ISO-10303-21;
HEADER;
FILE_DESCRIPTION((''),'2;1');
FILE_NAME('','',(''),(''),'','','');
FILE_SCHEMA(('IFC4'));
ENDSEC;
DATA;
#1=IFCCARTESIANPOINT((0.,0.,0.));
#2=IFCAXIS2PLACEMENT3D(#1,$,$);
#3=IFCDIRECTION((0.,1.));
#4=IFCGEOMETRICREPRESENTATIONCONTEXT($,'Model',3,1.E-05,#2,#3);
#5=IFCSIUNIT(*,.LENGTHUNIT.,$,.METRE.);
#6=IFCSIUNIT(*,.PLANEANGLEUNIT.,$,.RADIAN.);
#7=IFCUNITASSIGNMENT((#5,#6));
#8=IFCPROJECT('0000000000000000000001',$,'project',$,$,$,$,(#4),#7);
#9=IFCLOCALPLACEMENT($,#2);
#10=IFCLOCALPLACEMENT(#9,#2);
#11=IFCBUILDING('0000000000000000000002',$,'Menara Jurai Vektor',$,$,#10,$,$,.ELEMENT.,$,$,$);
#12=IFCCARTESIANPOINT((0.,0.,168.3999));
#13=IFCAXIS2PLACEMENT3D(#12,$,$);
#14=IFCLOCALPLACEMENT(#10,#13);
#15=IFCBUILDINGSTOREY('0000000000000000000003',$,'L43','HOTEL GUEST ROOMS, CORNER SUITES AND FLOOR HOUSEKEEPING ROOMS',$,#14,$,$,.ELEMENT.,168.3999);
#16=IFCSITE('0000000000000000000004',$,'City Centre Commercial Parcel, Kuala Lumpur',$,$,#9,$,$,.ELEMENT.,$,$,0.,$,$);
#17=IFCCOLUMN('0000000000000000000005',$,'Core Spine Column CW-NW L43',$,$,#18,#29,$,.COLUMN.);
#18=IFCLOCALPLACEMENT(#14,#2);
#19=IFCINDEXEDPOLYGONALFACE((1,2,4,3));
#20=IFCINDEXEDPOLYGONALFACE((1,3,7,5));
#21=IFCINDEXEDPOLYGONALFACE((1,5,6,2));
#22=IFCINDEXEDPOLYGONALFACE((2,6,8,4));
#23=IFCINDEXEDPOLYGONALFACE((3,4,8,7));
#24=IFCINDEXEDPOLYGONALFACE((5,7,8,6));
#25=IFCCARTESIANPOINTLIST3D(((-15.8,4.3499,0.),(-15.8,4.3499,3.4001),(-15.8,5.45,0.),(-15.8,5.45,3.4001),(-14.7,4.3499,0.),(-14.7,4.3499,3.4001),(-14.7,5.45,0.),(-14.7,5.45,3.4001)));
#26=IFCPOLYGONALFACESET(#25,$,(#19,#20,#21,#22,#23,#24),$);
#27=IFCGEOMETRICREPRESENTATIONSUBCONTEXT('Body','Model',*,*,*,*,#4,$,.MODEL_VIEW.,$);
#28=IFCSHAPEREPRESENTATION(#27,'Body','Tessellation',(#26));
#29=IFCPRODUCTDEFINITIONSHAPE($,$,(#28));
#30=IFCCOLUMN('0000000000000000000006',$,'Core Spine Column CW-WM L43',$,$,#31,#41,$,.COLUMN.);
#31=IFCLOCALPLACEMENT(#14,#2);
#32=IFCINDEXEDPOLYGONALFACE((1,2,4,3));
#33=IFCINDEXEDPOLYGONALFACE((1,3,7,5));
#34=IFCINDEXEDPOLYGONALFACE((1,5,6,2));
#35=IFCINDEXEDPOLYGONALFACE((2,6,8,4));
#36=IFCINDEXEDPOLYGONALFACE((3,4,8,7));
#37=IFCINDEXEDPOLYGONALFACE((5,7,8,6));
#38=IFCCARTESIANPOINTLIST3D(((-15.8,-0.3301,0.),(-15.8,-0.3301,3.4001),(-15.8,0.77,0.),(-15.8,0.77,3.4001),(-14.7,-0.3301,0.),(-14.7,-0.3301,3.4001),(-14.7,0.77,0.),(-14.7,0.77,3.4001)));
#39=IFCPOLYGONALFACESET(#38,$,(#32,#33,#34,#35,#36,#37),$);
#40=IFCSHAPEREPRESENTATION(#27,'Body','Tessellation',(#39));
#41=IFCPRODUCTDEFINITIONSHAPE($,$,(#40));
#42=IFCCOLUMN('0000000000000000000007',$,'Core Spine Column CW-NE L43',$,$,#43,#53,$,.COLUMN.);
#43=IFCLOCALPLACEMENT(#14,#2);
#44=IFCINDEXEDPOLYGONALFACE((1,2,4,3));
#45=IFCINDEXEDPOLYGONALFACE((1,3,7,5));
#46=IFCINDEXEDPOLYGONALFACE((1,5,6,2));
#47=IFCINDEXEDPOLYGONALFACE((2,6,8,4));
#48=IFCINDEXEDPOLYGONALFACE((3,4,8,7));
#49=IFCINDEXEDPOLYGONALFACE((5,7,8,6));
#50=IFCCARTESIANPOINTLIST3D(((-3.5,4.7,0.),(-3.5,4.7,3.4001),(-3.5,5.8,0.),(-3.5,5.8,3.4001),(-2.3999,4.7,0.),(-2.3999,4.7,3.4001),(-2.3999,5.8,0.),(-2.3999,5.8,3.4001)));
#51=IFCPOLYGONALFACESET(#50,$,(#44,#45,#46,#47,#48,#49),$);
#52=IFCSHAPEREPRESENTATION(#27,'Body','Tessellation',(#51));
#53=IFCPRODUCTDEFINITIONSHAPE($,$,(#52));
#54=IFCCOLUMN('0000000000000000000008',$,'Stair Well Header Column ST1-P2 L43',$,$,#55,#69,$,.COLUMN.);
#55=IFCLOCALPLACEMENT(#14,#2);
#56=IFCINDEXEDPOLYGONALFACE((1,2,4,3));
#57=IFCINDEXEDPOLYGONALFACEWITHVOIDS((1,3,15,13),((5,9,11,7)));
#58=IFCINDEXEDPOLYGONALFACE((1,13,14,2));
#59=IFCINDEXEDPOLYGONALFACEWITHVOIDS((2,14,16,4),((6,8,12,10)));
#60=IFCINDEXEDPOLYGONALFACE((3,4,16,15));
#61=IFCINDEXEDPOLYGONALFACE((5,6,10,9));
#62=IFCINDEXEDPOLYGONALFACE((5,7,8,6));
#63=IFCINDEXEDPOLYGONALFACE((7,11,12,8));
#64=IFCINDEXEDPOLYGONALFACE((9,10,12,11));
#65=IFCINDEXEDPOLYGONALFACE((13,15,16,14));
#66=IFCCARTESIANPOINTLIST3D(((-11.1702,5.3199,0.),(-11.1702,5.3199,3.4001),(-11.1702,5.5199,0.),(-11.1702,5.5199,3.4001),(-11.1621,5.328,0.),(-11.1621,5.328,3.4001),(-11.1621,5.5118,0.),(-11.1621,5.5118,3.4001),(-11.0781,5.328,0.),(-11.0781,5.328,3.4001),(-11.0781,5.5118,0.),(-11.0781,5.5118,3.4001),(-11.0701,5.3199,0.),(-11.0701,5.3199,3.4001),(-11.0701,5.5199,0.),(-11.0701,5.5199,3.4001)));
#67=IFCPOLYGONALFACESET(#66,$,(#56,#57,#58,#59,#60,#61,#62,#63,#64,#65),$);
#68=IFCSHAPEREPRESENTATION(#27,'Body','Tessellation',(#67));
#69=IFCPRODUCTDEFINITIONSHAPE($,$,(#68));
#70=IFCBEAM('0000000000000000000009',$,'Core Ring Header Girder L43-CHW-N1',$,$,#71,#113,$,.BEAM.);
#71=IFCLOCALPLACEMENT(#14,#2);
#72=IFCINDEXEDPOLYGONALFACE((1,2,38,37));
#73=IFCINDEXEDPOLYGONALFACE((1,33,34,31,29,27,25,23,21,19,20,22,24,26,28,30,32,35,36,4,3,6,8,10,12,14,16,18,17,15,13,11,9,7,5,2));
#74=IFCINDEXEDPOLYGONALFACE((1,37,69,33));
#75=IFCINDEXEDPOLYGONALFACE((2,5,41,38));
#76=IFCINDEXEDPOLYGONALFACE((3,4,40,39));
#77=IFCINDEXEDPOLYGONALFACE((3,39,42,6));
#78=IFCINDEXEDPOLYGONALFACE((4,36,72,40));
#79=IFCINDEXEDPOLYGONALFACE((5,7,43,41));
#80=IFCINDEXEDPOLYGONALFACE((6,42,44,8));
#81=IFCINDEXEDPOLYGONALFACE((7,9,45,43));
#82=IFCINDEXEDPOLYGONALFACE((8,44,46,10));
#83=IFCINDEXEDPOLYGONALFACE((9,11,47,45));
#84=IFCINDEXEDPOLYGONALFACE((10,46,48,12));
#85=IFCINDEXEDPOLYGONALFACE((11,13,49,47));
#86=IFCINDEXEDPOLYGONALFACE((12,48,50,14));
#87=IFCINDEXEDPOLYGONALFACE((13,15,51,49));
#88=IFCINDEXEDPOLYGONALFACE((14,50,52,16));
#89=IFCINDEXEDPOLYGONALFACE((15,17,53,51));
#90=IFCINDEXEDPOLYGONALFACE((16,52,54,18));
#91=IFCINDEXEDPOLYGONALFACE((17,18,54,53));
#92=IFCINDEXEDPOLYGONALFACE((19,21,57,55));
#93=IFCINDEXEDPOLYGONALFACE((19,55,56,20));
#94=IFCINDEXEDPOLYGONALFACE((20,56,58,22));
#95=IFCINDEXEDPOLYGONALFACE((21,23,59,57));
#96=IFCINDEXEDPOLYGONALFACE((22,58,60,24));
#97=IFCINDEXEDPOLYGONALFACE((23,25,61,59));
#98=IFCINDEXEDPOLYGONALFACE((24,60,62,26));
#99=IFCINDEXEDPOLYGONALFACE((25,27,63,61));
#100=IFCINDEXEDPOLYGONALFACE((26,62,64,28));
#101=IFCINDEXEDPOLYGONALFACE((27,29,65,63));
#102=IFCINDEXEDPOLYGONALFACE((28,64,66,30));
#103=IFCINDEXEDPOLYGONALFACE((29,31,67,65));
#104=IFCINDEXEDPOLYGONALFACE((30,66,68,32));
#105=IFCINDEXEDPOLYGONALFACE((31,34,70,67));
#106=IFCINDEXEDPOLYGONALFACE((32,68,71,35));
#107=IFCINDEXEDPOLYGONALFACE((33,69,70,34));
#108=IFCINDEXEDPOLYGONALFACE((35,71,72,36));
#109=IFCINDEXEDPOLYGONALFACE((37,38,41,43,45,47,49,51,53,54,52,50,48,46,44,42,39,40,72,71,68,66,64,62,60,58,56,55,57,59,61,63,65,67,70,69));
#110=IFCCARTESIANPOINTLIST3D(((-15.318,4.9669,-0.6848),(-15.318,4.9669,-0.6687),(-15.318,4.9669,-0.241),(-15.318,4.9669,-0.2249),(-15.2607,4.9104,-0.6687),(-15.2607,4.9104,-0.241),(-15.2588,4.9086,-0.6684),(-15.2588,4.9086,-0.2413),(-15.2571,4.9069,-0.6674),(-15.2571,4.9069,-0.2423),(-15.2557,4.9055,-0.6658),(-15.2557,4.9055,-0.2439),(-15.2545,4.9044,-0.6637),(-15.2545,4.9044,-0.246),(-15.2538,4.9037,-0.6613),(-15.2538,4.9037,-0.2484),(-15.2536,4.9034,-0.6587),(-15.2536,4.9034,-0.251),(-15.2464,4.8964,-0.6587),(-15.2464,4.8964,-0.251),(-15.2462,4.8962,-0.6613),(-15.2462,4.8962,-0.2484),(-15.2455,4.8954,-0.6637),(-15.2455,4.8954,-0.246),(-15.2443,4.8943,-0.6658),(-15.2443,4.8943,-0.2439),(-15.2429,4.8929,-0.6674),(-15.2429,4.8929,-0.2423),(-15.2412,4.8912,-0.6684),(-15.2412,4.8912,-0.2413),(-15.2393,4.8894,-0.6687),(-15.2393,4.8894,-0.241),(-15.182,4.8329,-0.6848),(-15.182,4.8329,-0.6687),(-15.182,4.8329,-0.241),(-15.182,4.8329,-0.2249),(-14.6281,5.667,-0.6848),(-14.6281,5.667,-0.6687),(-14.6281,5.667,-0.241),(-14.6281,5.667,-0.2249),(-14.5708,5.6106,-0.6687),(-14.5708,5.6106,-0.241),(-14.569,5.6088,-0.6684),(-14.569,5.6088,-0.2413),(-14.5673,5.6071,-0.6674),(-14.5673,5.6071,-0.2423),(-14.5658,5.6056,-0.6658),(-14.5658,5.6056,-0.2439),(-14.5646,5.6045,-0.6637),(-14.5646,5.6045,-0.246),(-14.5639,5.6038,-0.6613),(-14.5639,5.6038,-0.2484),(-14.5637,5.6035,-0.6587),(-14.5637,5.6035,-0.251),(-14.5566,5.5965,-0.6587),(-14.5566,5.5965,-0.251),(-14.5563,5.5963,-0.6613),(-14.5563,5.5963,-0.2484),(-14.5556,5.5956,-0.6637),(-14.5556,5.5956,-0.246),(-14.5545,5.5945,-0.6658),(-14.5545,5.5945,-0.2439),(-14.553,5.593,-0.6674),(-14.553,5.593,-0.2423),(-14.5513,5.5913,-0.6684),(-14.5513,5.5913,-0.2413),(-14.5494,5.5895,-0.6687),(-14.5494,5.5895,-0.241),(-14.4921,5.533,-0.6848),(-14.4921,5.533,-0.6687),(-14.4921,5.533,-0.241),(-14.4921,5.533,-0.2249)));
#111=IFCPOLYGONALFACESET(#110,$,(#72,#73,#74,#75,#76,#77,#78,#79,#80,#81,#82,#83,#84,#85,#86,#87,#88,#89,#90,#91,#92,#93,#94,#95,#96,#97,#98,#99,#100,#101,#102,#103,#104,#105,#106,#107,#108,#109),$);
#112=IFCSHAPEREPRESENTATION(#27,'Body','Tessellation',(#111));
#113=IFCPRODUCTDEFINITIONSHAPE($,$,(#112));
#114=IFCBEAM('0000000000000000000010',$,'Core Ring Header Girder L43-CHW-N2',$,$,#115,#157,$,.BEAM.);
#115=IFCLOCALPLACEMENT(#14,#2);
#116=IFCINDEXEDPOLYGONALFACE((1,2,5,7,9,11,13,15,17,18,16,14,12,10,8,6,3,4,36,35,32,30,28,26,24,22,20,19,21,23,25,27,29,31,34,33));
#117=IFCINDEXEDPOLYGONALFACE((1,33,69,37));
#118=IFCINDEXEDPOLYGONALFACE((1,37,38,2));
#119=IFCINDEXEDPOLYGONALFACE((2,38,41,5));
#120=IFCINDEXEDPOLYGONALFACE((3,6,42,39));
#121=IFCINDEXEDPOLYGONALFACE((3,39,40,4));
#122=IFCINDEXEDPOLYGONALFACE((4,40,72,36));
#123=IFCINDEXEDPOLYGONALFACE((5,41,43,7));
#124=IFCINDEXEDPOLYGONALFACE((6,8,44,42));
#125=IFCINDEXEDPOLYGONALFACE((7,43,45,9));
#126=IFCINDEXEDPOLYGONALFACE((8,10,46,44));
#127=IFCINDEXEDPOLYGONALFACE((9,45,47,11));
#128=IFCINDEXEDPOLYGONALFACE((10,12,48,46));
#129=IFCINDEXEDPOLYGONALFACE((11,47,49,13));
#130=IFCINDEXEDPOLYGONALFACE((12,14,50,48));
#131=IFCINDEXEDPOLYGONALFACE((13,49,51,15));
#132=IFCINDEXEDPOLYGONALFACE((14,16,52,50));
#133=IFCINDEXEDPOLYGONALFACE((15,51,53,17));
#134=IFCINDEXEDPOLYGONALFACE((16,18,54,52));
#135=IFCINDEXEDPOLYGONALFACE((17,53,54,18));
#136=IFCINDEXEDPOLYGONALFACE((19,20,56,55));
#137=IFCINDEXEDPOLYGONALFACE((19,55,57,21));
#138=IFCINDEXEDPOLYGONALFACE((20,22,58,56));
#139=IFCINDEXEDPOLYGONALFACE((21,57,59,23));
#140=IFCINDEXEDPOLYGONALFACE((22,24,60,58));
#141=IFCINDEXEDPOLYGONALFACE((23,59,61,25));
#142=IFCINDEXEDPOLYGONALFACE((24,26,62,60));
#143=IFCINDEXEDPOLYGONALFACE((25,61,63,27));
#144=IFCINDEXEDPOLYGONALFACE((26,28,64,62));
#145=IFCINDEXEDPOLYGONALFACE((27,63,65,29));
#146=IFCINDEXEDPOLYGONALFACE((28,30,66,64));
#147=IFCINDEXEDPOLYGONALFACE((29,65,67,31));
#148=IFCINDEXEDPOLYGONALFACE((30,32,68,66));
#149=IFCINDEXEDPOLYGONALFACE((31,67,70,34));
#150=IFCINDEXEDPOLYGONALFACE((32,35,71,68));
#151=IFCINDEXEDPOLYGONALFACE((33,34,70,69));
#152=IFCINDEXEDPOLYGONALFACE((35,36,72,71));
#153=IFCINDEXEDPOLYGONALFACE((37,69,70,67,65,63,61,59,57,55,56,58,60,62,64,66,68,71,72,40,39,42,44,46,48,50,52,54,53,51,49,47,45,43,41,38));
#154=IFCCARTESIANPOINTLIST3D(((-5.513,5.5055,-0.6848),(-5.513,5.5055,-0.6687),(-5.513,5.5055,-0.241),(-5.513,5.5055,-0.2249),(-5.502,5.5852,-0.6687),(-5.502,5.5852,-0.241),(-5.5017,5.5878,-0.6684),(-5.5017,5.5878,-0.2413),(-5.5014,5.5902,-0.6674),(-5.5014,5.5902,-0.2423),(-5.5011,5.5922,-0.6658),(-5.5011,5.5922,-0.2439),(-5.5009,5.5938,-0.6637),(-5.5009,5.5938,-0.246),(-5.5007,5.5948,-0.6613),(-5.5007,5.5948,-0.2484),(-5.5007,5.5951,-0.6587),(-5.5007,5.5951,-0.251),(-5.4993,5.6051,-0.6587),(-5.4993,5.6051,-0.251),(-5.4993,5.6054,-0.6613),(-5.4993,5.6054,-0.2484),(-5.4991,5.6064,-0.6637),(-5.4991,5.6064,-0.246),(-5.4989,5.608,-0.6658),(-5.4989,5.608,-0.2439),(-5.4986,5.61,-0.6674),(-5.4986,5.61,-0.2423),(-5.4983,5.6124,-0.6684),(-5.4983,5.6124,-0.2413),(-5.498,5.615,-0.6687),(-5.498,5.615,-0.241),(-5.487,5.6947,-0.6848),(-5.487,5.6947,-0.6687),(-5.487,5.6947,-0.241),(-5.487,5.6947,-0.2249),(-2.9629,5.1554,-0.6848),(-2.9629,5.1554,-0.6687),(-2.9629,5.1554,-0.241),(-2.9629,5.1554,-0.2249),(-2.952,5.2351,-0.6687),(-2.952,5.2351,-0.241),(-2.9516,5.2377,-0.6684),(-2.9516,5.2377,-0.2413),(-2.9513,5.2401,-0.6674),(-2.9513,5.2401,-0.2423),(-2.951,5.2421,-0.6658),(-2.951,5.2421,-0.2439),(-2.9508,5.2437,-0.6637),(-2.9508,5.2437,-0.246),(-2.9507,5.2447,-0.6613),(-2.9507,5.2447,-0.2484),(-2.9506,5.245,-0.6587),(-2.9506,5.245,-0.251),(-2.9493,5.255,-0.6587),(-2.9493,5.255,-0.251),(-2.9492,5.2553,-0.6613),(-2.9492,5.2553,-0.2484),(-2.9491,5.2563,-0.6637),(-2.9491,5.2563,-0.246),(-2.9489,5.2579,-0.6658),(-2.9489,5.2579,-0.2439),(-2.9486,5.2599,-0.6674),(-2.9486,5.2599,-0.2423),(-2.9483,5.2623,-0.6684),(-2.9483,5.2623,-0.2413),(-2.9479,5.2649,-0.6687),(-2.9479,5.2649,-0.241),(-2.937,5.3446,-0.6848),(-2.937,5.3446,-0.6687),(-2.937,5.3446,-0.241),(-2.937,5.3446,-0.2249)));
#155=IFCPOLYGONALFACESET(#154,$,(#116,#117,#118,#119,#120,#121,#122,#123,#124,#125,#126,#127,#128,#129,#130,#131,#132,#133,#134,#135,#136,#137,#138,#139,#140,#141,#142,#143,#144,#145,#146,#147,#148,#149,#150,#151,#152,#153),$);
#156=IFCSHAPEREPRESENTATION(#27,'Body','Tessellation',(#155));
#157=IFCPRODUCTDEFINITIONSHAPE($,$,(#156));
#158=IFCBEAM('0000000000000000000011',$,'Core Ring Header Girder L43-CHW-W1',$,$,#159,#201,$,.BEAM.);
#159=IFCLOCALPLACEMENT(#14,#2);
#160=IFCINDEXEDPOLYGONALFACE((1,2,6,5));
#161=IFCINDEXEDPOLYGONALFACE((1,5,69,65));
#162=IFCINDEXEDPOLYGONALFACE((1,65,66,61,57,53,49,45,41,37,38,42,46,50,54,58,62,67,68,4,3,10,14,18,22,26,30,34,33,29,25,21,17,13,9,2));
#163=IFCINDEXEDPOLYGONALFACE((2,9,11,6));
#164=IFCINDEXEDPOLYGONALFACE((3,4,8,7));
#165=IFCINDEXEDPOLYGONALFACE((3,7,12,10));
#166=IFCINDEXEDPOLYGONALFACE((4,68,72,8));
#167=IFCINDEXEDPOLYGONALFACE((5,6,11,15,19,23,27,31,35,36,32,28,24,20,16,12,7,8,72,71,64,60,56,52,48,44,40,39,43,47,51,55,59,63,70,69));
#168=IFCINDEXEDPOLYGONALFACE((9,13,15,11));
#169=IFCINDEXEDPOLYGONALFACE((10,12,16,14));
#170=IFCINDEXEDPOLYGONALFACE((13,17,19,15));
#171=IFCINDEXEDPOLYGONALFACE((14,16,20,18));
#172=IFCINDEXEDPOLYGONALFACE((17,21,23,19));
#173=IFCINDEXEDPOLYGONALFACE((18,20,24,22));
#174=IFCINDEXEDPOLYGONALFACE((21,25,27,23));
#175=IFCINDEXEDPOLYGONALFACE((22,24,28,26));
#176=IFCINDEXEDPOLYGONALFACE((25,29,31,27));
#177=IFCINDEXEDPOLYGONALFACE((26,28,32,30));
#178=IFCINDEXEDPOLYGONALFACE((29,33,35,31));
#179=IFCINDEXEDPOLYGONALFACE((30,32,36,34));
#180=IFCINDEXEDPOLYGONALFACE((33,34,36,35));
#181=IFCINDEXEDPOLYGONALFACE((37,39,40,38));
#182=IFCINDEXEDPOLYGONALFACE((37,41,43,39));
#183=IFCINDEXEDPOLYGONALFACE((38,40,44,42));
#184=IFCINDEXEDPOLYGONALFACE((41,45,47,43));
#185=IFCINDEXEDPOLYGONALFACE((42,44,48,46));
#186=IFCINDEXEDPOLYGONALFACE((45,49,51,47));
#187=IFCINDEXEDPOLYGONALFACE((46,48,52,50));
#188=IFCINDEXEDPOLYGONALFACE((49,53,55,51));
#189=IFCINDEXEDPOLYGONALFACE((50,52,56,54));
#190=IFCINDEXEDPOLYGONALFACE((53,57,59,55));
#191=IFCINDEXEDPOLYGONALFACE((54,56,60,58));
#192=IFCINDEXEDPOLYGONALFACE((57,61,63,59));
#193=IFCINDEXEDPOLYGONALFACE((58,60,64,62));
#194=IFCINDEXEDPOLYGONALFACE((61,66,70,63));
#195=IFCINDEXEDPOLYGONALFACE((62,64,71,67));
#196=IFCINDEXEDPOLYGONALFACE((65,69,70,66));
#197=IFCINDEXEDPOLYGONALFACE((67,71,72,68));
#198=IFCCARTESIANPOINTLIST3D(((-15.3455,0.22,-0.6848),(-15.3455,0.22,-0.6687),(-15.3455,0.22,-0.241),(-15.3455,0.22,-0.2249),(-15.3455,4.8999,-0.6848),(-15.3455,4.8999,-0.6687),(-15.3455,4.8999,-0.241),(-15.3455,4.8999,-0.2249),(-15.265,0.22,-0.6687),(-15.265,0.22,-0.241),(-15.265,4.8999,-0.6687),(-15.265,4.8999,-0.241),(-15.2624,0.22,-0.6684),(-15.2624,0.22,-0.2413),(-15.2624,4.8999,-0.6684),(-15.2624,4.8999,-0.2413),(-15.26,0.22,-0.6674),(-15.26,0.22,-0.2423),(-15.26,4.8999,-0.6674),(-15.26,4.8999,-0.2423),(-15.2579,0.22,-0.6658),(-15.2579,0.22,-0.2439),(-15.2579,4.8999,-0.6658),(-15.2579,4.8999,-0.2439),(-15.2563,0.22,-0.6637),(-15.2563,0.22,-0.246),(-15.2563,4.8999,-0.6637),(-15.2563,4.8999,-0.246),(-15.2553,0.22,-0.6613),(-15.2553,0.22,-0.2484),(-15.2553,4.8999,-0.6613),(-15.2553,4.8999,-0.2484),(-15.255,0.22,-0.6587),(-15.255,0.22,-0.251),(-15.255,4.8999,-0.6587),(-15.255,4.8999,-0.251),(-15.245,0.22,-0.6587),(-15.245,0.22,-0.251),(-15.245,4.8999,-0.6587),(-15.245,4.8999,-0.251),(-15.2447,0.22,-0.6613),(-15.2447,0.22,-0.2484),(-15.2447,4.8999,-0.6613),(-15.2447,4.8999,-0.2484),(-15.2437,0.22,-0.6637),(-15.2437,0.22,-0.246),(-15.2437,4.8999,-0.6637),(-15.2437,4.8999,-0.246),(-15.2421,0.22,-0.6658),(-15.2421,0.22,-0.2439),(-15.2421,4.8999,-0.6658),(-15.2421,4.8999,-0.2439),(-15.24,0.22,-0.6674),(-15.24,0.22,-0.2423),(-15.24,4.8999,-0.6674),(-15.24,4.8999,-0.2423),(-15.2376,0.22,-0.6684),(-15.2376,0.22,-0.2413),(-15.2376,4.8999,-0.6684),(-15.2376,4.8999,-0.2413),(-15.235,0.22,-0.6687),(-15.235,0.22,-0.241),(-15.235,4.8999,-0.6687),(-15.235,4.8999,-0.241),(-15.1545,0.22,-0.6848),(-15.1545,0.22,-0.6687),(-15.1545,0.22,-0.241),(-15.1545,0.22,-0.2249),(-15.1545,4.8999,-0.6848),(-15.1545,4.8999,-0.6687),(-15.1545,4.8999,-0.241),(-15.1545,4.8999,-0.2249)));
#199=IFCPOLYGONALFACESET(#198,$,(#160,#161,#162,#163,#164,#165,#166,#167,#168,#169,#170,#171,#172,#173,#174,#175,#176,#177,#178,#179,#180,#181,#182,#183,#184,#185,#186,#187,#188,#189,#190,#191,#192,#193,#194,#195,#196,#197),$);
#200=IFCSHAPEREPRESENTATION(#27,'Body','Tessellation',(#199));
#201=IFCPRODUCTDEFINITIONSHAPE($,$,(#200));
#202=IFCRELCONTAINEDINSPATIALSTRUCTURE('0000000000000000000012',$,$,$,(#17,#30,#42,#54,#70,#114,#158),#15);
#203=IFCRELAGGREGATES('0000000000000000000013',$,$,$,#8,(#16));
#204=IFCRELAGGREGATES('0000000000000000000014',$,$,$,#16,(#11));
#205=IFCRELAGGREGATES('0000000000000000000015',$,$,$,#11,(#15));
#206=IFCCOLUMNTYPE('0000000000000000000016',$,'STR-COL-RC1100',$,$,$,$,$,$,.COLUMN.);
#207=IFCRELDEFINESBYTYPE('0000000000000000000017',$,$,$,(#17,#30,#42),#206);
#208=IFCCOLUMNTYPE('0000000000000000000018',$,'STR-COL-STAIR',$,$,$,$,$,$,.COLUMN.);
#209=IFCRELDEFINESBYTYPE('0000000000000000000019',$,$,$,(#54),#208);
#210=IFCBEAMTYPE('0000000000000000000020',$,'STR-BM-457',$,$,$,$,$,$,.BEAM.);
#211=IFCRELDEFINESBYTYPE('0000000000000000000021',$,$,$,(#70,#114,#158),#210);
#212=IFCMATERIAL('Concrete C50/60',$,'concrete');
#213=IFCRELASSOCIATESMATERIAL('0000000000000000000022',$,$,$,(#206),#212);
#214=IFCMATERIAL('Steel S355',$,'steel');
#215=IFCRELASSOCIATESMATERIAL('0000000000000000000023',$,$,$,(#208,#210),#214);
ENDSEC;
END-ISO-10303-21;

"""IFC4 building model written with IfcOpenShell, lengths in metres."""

from ifc_helpers import new_model, si_unit, direction, frame, origin, origin_2d, place, context, subcontext, project, spatial, rectangle, hollow_rectangle, i_section, extrude, material, material_profile, profile_set, type_object, element, save


model = new_model("IFC4")

# Units and contexts
model_context = context("Model", 3, precision=1e-05, world=origin(), true_north=direction((0.0, 1.0)))
body_context = subcontext(model_context, "Body", "Model", "MODEL_VIEW")
ifc_project = project(units=[si_unit("LENGTHUNIT", "METRE"), si_unit("PLANEANGLEUNIT", "RADIAN")], contexts=[model_context])

# Site, building, storey
site_placement = place(None, origin())
site = spatial("IfcSite", under=ifc_project, at=site_placement, Name="City Centre Commercial Parcel, Kuala Lumpur", CompositionType="ELEMENT", RefElevation=0.0)
building_placement = place(site_placement, origin())
building = spatial("IfcBuilding", under=site, at=building_placement, Name="Menara Jurai Vektor", CompositionType="ELEMENT")
storey_placement = place(building_placement, frame((0.0, 0.0, 168.3999)))
storey = spatial("IfcBuildingStorey", under=building, at=storey_placement, Name="L43", Description="HOTEL GUEST ROOMS, CORNER SUITES AND FLOOR HOUSEKEEPING ROOMS", CompositionType="ELEMENT", Elevation=168.3999)

# Columns
ifc_material_1 = material(Name="Concrete C50/60", Category="concrete")
ifc_material_profile_1 = material_profile(ifc_material_1, rectangle(XDim=1.1001, YDim=1.1001, at=origin_2d()), Name="RC 1100x1100")
ifc_profile_set_1 = profile_set([ifc_material_profile_1], Name="Concrete C50/60")
column_type_1 = type_object("IfcColumnType", Name="STR-COL-RC1100", PredefinedType="COLUMN", material=ifc_profile_set_1)
for number, where, z_axis, x_axis, name in (
    (1, (-15.25, 4.8999, 0.0), (0.0, 0.0, 1.0), (1.0, 0.0, 0.0), "Core Spine Column CW-NW L43"),
    (2, (-15.25, 0.22, 0.0), (0.0, 0.0, 1.0), (1.0, 0.0, 0.0), "Core Spine Column CW-WM L43"),
    (3, (-2.95, 5.25, 0.0), (0.0, 0.0, 1.0), (1.0, 0.0, 0.0), "Core Spine Column CW-NE L43"),
):
    element("IfcColumn", number, at=place(storey_placement, frame(where, z_axis=z_axis, x_axis=x_axis)), inside=storey, type_object=column_type_1, Name=name, PredefinedType="COLUMN", context=body_context, shape_type="SweptSolid", body=[
        extrude(rectangle(XDim=1.1001, YDim=1.1001, at=origin_2d()), origin(), (0.0, 0.0, 1.0), 3.4001),
    ])
ifc_material_2 = material(Name="Steel S355", Category="steel")
ifc_material_profile_2 = material_profile(ifc_material_2, hollow_rectangle(XDim=0.1001, YDim=0.2, WallThickness=0.0081, at=origin_2d()), Name="RHS 200x100x8")
ifc_profile_set_2 = profile_set([ifc_material_profile_2], Name="Steel S355")
column_type_2 = type_object("IfcColumnType", Name="STR-COL-STAIR", PredefinedType="COLUMN", material=ifc_profile_set_2)
column_placement = place(storey_placement, frame((-11.1201, 5.4199, 0.0), z_axis=(0.0, 0.0, 1.0), x_axis=(1.0, 0.0, 0.0)))
element("IfcColumn", 4, at=column_placement, inside=storey, type_object=column_type_2, Name="Stair Well Header Column ST1-P2 L43", PredefinedType="COLUMN", context=body_context, shape_type="SweptSolid", body=[
    extrude(hollow_rectangle(XDim=0.1001, YDim=0.2, WallThickness=0.0081, at=origin_2d()), origin(), (0.0, 0.0, 1.0), 3.4001),
])

# Beams
ifc_material_profile_3 = material_profile(ifc_material_2, i_section(OverallWidth=0.1909, OverallDepth=0.46, WebThickness=0.01, FlangeThickness=0.0161, FilletRadius=0.01, at=origin_2d()), Name="UKB 457x191x82")
ifc_profile_set_3 = profile_set([ifc_material_profile_3], Name="Steel S355")
beam_type_1 = type_object("IfcBeamType", Name="STR-BM-457", PredefinedType="BEAM", material=ifc_profile_set_3)
beam_1_placement = place(storey_placement, frame((-15.25, 4.8999, -0.4548), z_axis=(0.701872, 0.712303, 0.0), x_axis=(-0.712303, 0.701872, 0.0)))
element("IfcBeam", 5, at=beam_1_placement, inside=storey, type_object=beam_type_1, Name="Core Ring Header Girder L43-CHW-N1", PredefinedType="BEAM", context=body_context, shape_type="SweptSolid", body=[
    extrude(i_section(OverallWidth=0.1909, OverallDepth=0.46, WebThickness=0.01, FlangeThickness=0.0161, FilletRadius=0.01, at=origin_2d()), origin(), (0.0, 0.0, 1.0), 0.9829),
])
beam_2_placement = place(storey_placement, frame((-5.5, 5.6001, -0.4548), z_axis=(0.990707, -0.136015, 0.0), x_axis=(0.136015, 0.990707, 0.0)))
element("IfcBeam", 6, at=beam_2_placement, inside=storey, type_object=beam_type_1, Name="Core Ring Header Girder L43-CHW-N2", PredefinedType="BEAM", context=body_context, shape_type="SweptSolid", body=[
    extrude(i_section(OverallWidth=0.1909, OverallDepth=0.46, WebThickness=0.01, FlangeThickness=0.0161, FilletRadius=0.01, at=origin_2d()), origin(), (0.0, 0.0, 1.0), 2.574),
])
beam_3_placement = place(storey_placement, frame((-15.25, 0.22, -0.4548), z_axis=(0.0, 1.0, 0.0), x_axis=(-1.0, 0.0, 0.0)))
element("IfcBeam", 7, at=beam_3_placement, inside=storey, type_object=beam_type_1, Name="Core Ring Header Girder L43-CHW-W1", PredefinedType="BEAM", context=body_context, shape_type="SweptSolid", body=[
    extrude(i_section(OverallWidth=0.1909, OverallDepth=0.46, WebThickness=0.01, FlangeThickness=0.0161, FilletRadius=0.01, at=origin_2d()), origin(), (0.0, 0.0, 1.0), 4.6799),
])

save(model, "model.ifc")
